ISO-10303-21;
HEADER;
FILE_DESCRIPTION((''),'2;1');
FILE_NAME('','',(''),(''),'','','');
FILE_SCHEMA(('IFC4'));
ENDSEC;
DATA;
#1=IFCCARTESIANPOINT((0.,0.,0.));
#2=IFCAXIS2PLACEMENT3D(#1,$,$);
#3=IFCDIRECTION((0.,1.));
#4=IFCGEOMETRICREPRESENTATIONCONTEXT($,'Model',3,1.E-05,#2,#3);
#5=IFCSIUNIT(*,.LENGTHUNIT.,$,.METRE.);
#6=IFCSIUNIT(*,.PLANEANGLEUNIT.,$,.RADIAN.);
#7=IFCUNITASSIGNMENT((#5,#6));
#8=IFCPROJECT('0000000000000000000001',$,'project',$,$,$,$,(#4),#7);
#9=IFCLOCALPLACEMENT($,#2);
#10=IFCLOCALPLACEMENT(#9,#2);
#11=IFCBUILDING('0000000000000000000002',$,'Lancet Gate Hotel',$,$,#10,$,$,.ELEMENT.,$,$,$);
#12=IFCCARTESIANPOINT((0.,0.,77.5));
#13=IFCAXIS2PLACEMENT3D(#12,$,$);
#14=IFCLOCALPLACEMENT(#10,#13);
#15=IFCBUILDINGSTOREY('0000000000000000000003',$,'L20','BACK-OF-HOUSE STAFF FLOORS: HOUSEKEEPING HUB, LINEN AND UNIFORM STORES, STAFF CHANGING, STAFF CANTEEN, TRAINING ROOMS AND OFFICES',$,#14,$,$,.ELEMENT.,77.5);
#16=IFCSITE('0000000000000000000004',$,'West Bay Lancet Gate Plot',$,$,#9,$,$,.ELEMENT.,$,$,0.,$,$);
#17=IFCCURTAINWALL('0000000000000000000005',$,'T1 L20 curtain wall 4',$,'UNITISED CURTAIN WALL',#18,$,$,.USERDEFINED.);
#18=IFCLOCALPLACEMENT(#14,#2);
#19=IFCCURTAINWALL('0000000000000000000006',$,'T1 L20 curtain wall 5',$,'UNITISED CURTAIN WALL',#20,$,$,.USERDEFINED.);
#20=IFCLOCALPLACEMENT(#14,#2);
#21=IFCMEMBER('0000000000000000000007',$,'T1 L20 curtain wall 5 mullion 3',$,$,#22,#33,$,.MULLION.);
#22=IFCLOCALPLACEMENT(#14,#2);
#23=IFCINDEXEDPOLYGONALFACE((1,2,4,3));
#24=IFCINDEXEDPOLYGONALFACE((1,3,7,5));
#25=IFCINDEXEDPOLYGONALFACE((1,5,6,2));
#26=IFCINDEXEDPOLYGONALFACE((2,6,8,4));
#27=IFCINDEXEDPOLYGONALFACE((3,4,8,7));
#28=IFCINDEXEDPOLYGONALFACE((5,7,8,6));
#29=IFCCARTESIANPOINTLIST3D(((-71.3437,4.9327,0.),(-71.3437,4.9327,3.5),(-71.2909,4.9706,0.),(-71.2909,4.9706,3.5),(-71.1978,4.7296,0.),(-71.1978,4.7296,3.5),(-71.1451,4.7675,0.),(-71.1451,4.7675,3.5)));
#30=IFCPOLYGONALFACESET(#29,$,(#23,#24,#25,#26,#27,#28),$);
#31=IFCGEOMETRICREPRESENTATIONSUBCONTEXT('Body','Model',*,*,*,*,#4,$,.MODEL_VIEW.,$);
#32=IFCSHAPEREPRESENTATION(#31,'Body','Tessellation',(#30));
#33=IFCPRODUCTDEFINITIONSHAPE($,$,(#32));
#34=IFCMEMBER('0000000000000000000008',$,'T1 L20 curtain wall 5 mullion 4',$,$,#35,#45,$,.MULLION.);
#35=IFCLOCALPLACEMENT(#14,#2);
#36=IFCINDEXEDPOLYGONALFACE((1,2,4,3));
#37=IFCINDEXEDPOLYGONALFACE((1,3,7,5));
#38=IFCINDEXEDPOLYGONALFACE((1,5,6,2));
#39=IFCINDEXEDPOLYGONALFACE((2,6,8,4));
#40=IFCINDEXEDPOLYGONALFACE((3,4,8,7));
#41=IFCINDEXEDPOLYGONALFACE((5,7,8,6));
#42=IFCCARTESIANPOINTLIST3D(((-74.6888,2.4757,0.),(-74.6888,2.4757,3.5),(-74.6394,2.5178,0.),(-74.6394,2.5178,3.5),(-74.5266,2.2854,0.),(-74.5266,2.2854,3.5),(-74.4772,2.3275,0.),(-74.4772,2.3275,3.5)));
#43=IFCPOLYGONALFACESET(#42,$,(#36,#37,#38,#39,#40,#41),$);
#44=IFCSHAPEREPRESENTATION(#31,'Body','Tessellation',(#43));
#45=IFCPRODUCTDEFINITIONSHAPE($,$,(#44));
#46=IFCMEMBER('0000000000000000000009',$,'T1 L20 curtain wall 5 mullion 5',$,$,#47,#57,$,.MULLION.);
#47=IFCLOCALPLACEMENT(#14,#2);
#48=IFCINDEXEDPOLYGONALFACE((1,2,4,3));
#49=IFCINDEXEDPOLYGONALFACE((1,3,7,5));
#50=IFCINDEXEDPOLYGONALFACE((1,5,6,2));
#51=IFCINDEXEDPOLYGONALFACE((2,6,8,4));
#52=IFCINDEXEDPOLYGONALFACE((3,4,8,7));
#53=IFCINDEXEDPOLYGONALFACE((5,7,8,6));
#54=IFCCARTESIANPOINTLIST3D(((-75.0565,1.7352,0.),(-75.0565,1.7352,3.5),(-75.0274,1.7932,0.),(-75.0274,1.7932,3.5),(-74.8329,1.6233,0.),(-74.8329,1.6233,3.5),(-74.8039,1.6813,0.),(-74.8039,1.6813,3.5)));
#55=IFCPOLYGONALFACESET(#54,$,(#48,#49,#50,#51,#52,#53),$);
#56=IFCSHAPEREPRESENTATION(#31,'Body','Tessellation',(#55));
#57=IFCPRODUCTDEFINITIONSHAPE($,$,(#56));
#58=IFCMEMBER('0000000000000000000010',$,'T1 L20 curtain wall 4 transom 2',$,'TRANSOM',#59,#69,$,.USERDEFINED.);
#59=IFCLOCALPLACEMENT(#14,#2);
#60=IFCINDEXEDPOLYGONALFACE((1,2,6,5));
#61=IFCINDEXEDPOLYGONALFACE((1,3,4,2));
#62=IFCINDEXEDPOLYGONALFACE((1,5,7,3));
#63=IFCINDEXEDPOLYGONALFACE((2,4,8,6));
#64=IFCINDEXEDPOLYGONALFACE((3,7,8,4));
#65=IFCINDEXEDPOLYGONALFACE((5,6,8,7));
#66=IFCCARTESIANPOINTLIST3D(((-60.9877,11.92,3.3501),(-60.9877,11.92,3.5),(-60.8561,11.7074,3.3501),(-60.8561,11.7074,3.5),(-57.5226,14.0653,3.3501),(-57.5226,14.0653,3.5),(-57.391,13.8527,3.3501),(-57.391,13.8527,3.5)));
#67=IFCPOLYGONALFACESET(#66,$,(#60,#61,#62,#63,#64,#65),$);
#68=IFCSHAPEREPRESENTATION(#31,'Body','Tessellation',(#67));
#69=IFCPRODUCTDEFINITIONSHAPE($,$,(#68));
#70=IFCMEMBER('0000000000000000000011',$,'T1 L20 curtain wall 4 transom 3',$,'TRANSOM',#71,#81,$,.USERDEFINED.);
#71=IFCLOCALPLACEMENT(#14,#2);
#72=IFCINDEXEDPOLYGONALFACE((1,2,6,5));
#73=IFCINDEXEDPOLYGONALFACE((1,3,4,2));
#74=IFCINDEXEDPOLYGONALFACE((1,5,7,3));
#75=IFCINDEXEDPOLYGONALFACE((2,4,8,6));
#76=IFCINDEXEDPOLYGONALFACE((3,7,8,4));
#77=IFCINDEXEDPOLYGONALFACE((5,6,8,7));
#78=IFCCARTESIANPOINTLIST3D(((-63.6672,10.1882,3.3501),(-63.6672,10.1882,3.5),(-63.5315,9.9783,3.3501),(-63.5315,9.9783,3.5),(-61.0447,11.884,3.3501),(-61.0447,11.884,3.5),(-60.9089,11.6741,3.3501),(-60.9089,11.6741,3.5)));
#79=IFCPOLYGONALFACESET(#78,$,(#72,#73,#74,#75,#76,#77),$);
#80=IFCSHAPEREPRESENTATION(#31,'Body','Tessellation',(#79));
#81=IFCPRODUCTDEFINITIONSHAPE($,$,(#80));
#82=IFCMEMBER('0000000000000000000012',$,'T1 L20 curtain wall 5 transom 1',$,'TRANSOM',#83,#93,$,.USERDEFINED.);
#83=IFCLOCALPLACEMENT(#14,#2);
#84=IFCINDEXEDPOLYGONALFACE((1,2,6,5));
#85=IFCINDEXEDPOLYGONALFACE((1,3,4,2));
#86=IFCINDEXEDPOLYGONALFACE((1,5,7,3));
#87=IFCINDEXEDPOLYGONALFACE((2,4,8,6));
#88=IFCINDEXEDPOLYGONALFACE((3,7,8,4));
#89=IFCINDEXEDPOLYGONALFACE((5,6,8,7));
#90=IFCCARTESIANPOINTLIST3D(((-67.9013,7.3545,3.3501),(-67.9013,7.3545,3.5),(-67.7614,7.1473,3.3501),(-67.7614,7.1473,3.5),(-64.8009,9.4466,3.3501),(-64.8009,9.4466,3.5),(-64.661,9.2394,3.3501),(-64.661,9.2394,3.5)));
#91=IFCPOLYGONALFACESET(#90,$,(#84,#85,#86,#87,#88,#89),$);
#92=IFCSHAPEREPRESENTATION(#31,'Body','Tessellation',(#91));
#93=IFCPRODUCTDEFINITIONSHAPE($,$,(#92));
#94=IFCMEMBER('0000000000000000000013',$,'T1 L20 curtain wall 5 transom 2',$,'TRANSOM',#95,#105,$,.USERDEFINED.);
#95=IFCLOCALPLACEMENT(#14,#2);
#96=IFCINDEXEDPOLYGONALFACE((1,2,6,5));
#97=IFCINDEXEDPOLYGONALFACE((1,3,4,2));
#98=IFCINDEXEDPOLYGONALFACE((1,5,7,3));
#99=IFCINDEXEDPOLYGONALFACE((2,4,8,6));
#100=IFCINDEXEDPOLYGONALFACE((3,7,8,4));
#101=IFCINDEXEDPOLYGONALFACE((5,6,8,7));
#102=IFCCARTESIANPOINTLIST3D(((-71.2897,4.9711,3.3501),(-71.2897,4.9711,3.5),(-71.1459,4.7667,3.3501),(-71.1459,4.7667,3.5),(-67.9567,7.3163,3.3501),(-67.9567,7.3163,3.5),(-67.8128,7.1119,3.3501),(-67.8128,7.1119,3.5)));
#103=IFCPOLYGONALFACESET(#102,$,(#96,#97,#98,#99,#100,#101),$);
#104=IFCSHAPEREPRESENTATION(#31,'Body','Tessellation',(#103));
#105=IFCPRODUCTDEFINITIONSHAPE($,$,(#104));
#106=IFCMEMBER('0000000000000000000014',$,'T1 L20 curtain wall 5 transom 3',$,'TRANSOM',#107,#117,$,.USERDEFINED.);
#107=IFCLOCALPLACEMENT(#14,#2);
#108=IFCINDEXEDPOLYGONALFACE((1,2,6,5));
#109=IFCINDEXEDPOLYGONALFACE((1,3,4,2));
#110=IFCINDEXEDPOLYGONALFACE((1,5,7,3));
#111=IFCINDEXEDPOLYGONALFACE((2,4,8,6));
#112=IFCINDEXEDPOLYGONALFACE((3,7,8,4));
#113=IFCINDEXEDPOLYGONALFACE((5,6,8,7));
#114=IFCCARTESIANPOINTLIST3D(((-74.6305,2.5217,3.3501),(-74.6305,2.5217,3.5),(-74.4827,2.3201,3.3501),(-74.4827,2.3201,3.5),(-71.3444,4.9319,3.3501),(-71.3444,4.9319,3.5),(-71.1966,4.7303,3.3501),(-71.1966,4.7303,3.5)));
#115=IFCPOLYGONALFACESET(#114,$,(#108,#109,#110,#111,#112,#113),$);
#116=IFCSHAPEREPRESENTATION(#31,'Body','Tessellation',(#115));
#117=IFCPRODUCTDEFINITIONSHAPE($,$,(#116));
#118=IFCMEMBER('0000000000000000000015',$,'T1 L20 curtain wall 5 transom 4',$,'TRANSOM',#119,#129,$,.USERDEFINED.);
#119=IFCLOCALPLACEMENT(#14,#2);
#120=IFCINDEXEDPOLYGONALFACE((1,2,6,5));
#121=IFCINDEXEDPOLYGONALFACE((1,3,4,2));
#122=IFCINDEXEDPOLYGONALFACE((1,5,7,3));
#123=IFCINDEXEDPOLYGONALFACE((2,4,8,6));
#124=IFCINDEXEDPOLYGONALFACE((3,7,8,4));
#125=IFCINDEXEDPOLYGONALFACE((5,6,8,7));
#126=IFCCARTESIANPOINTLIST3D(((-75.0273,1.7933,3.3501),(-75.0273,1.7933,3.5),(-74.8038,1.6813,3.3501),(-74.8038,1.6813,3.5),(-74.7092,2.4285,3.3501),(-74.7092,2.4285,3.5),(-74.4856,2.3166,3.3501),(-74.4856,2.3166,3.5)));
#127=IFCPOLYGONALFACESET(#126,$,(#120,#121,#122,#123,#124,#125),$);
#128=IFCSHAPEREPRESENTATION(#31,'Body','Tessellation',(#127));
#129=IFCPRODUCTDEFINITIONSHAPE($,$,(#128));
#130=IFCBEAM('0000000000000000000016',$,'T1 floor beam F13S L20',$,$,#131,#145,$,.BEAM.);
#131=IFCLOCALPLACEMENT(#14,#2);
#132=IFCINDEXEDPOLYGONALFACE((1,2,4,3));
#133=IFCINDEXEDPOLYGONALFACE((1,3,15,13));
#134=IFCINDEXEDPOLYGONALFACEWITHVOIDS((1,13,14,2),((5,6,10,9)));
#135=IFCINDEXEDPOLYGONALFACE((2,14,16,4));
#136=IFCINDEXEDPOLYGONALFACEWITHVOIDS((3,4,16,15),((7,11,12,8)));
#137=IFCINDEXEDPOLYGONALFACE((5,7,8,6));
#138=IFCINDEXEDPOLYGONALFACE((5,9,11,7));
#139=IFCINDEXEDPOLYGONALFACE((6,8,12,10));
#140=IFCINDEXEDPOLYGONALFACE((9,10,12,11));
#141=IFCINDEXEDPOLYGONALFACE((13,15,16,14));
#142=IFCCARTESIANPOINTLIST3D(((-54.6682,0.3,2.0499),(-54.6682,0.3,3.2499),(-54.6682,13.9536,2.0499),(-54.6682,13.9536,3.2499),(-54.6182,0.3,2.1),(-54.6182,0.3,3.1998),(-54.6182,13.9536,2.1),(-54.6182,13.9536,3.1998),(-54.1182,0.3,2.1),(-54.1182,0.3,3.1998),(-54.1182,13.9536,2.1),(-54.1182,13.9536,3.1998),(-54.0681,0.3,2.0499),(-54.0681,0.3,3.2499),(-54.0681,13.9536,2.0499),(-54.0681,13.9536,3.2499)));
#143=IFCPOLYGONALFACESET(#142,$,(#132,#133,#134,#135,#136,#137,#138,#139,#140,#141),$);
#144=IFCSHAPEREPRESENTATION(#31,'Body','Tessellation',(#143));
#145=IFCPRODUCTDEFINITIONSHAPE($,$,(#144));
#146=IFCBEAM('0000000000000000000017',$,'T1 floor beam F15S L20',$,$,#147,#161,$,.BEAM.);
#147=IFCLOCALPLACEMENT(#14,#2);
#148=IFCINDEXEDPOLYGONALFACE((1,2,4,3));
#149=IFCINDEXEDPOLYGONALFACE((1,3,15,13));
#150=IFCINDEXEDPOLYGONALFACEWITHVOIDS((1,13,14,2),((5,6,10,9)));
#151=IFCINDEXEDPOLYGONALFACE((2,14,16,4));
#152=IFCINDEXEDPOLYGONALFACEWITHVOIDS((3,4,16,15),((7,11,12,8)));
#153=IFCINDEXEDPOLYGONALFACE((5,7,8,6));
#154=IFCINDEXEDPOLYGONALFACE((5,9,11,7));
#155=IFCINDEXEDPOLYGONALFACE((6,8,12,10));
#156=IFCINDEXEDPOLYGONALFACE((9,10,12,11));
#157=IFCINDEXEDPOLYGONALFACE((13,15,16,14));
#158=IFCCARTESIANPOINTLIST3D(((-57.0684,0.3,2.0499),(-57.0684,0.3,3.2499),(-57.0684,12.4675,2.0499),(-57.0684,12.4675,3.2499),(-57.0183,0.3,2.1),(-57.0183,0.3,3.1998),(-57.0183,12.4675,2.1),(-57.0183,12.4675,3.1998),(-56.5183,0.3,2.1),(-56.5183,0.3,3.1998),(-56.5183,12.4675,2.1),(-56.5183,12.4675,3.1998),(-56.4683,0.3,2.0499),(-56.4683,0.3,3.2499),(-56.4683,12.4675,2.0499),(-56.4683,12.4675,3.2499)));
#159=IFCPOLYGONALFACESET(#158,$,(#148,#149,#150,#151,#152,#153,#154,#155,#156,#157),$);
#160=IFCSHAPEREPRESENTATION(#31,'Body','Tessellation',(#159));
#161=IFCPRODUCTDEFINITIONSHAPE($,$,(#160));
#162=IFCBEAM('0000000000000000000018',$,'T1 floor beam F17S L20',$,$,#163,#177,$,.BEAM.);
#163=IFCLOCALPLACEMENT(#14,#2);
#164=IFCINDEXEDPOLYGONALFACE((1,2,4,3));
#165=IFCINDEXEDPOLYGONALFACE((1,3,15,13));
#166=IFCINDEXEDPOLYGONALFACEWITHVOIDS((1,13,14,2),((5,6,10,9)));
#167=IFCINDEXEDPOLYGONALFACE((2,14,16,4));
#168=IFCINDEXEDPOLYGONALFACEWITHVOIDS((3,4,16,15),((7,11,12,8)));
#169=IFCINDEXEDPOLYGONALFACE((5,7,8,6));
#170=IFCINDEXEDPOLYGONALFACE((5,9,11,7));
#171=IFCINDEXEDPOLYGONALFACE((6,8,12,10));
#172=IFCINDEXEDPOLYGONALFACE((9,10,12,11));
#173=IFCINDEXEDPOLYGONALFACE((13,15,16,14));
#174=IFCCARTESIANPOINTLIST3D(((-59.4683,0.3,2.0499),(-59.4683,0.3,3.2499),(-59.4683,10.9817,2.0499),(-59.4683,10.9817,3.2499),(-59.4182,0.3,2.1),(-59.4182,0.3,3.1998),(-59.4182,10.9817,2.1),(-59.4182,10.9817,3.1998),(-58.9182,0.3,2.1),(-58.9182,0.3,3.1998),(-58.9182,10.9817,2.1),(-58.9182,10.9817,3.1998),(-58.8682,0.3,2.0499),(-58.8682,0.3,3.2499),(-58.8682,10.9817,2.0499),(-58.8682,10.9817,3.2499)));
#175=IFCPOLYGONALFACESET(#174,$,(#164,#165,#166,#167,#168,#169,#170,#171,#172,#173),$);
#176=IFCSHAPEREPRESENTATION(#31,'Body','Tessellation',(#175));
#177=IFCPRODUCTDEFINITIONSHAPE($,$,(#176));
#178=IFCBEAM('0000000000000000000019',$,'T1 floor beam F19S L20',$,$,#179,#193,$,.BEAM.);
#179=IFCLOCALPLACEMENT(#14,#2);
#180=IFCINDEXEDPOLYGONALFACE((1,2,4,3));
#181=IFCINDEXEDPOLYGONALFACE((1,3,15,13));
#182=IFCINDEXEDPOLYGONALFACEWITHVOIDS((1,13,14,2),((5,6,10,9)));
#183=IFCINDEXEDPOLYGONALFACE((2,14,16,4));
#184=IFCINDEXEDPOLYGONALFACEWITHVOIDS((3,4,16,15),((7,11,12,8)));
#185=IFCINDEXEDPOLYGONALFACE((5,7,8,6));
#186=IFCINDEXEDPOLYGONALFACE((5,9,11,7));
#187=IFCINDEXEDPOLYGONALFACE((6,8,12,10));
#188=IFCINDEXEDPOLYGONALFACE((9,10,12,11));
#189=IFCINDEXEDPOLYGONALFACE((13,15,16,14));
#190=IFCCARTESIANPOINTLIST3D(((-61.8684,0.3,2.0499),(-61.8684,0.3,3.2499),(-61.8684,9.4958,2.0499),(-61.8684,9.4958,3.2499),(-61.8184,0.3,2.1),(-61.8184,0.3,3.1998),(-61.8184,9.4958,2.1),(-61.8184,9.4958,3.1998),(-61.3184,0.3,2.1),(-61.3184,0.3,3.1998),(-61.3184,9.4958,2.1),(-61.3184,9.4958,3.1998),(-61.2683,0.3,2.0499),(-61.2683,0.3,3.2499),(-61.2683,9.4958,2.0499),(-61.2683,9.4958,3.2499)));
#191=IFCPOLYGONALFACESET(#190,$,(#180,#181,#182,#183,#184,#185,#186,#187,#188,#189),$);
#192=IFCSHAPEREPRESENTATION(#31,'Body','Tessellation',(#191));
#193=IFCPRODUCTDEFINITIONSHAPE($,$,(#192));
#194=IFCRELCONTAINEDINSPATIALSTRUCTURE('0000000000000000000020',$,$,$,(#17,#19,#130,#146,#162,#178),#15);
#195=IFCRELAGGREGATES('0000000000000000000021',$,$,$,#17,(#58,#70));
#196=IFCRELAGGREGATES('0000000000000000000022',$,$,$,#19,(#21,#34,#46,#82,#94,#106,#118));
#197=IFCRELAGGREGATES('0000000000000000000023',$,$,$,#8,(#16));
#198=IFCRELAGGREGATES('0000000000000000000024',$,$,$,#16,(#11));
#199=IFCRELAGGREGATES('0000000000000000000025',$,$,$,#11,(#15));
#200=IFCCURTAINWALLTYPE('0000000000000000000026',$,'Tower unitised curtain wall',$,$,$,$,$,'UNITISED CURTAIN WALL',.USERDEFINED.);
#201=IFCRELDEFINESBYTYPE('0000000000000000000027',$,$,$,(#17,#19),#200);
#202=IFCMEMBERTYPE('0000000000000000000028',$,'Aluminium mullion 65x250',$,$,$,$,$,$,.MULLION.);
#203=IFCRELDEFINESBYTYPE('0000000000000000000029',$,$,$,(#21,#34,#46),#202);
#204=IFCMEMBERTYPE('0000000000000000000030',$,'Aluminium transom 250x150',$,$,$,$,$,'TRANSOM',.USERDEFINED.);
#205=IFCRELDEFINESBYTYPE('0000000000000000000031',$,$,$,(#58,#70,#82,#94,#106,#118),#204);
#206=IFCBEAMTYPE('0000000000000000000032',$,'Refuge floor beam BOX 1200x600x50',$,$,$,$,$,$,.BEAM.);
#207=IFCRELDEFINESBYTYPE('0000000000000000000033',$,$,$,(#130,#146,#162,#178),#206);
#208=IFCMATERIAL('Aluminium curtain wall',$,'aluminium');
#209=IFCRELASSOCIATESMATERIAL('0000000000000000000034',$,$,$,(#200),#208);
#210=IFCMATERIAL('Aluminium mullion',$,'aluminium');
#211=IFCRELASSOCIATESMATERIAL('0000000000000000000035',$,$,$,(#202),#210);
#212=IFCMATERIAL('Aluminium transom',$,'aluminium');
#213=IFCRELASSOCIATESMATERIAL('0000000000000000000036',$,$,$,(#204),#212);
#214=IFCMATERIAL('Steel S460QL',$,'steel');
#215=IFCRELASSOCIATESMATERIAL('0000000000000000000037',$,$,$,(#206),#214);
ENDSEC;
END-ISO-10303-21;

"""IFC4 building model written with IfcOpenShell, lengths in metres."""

from ifc_helpers import new_model, si_unit, direction, frame, origin, origin_2d, place, context, subcontext, project, spatial, rectangle, hollow_rectangle, extrude, material, material_profile, profile_set, type_object, element, aggregate, save


model = new_model("IFC4")

# Units and contexts
model_context = context("Model", 3, precision=1e-05, world=origin(), true_north=direction((0.0, 1.0)))
body_context = subcontext(model_context, "Body", "Model", "MODEL_VIEW")
ifc_project = project(units=[si_unit("LENGTHUNIT", "METRE"), si_unit("PLANEANGLEUNIT", "RADIAN")], contexts=[model_context])

# Site, building, storey
site_placement = place(None, origin())
site = spatial("IfcSite", under=ifc_project, at=site_placement, Name="West Bay Lancet Gate Plot", CompositionType="ELEMENT", RefElevation=0.0)
building_placement = place(site_placement, origin())
building = spatial("IfcBuilding", under=site, at=building_placement, Name="Lancet Gate Hotel", CompositionType="ELEMENT")
storey_placement = place(building_placement, frame((0.0, 0.0, 77.5)))
storey = spatial("IfcBuildingStorey", under=building, at=storey_placement, Name="L20", Description="BACK-OF-HOUSE STAFF FLOORS: HOUSEKEEPING HUB, LINEN AND UNIFORM STORES, STAFF CHANGING, STAFF CANTEEN, TRAINING ROOMS AND OFFICES", CompositionType="ELEMENT", Elevation=77.5)

# Curtain walls, members
ifc_material_1 = material(Name="Aluminium curtain wall", Category="aluminium")
curtain_wall_type = type_object("IfcCurtainWallType", Name="Tower unitised curtain wall", ElementType="UNITISED CURTAIN WALL", PredefinedType="USERDEFINED", material=ifc_material_1)
curtain_wall_1_placement = place(storey_placement, origin())
curtain_wall_1 = element("IfcCurtainWall", 1, at=curtain_wall_1_placement, inside=storey, type_object=curtain_wall_type, Name="T1 L20 curtain wall 4", ObjectType="UNITISED CURTAIN WALL", PredefinedType="USERDEFINED")
ifc_material_2 = material(Name="Aluminium mullion", Category="aluminium")
ifc_material_profile_1 = material_profile(ifc_material_2, rectangle(XDim=0.0649, YDim=0.25, at=origin_2d()), Name="MULLION 65x250")
ifc_profile_set_1 = profile_set([ifc_material_profile_1], Name="Aluminium mullion")
member_type_1 = type_object("IfcMemberType", Name="Aluminium mullion 65x250", PredefinedType="MULLION", material=ifc_profile_set_1)
curtain_wall_2_placement = place(storey_placement, origin())
curtain_wall_2 = element("IfcCurtainWall", 2, at=curtain_wall_2_placement, inside=storey, type_object=curtain_wall_type, Name="T1 L20 curtain wall 5", ObjectType="UNITISED CURTAIN WALL", PredefinedType="USERDEFINED")
member_1_placement = place(storey_placement, frame((-71.2444, 4.8501, 0.0), z_axis=(0.0, 0.0, 1.0), x_axis=(-0.812147, -0.583453, 0.0)))
member_1 = element("IfcMember", 3, at=member_1_placement, type_object=member_type_1, Name="T1 L20 curtain wall 5 mullion 3", PredefinedType="MULLION", context=body_context, shape_type="SweptSolid", body=[
    extrude(rectangle(XDim=0.0649, YDim=0.25, at=origin_2d()), origin(), (0.0, 0.0, 1.0), 3.5),
])
member_2_placement = place(storey_placement, frame((-74.583, 2.4016, 0.0), z_axis=(0.0, 0.0, 1.0), x_axis=(-0.761022, -0.648726, 0.0)))
member_2 = element("IfcMember", 4, at=member_2_placement, type_object=member_type_1, Name="T1 L20 curtain wall 5 mullion 4", PredefinedType="MULLION", context=body_context, shape_type="SweptSolid", body=[
    extrude(rectangle(XDim=0.0649, YDim=0.25, at=origin_2d()), origin(), (0.0, 0.0, 1.0), 3.5),
])
member_3_placement = place(storey_placement, frame((-74.9302, 1.7083, 0.0), z_axis=(0.0, 0.0, 1.0), x_axis=(-0.447628, -0.89422, 0.0)))
member_3 = element("IfcMember", 5, at=member_3_placement, type_object=member_type_1, Name="T1 L20 curtain wall 5 mullion 5", PredefinedType="MULLION", context=body_context, shape_type="SweptSolid", body=[
    extrude(rectangle(XDim=0.0649, YDim=0.25, at=origin_2d()), origin(), (0.0, 0.0, 1.0), 3.5),
])

# Members
ifc_material_3 = material(Name="Aluminium transom", Category="aluminium")
ifc_material_profile_2 = material_profile(ifc_material_3, rectangle(XDim=0.25, YDim=0.1499, at=origin_2d()), Name="TRANSOM 250x150")
ifc_profile_set_2 = profile_set([ifc_material_profile_2], Name="Aluminium transom")
member_type_2 = type_object("IfcMemberType", Name="Aluminium transom 250x150", ElementType="TRANSOM", PredefinedType="USERDEFINED", material=ifc_profile_set_2)
member_4_placement = place(storey_placement, frame((-57.4568, 13.959, 3.425), z_axis=(-0.850242, -0.526392, 0.0), x_axis=(0.526392, -0.850242, 0.0)))
member_4 = element("IfcMember", 6, at=member_4_placement, type_object=member_type_2, Name="T1 L20 curtain wall 4 transom 2", ObjectType="TRANSOM", PredefinedType="USERDEFINED", context=body_context, shape_type="SweptSolid", body=[
    extrude(rectangle(XDim=0.25, YDim=0.1499, at=origin_2d()), origin(), (0.0, 0.0, 1.0), 4.0754),
])
member_5_placement = place(storey_placement, frame((-60.9768, 11.7791, 3.425), z_axis=(-0.839738, -0.542992, 0.0), x_axis=(0.542992, -0.839738, 0.0)))
member_5 = element("IfcMember", 7, at=member_5_placement, type_object=member_type_2, Name="T1 L20 curtain wall 4 transom 3", ObjectType="TRANSOM", PredefinedType="USERDEFINED", context=body_context, shape_type="SweptSolid", body=[
    extrude(rectangle(XDim=0.25, YDim=0.1499, at=origin_2d()), origin(), (0.0, 0.0, 1.0), 3.123),
])
member_6_placement = place(storey_placement, frame((-64.731, 9.343, 3.425), z_axis=(-0.828934, -0.559346, 0.0), x_axis=(0.559346, -0.828934, 0.0)))
member_6 = element("IfcMember", 8, at=member_6_placement, type_object=member_type_2, Name="T1 L20 curtain wall 5 transom 1", ObjectType="TRANSOM", PredefinedType="USERDEFINED", context=body_context, shape_type="SweptSolid", body=[
    extrude(rectangle(XDim=0.25, YDim=0.1499, at=origin_2d()), origin(), (0.0, 0.0, 1.0), 3.7402),
])
member_7_placement = place(storey_placement, frame((-67.8848, 7.2141, 3.425), z_axis=(-0.817834, -0.575455, 0.0), x_axis=(0.575455, -0.817834, 0.0)))
member_7 = element("IfcMember", 9, at=member_7_placement, type_object=member_type_2, Name="T1 L20 curtain wall 5 transom 2", ObjectType="TRANSOM", PredefinedType="USERDEFINED", context=body_context, shape_type="SweptSolid", body=[
    extrude(rectangle(XDim=0.25, YDim=0.1499, at=origin_2d()), origin(), (0.0, 0.0, 1.0), 4.0754),
])
member_8_placement = place(storey_placement, frame((-71.2705, 4.8311, 3.425), z_axis=(-0.806367, -0.591416, 0.0), x_axis=(0.591416, -0.806367, 0.0)))
member_8 = element("IfcMember", 10, at=member_8_placement, type_object=member_type_2, Name="T1 L20 curtain wall 5 transom 3", ObjectType="TRANSOM", PredefinedType="USERDEFINED", context=body_context, shape_type="SweptSolid", body=[
    extrude(rectangle(XDim=0.25, YDim=0.1499, at=origin_2d()), origin(), (0.0, 0.0, 1.0), 4.0752),
])
member_9_placement = place(storey_placement, frame((-74.5974, 2.3726, 3.425), z_axis=(-0.447763, -0.894152, 0.0), x_axis=(0.894152, -0.447763, 0.0)))
member_9 = element("IfcMember", 11, at=member_9_placement, type_object=member_type_2, Name="T1 L20 curtain wall 5 transom 4", ObjectType="TRANSOM", PredefinedType="USERDEFINED", context=body_context, shape_type="SweptSolid", body=[
    extrude(rectangle(XDim=0.25, YDim=0.1499, at=origin_2d()), origin(), (0.0, 0.0, 1.0), 0.7104),
])

# Beams
ifc_material_4 = material(Name="Steel S460QL", Category="steel")
ifc_material_profile_3 = material_profile(ifc_material_4, hollow_rectangle(XDim=0.6001, YDim=1.2, WallThickness=0.05, at=origin_2d()), Name="BOX 1200x600x50")
ifc_profile_set_3 = profile_set([ifc_material_profile_3], Name="Steel S460QL")
beam_type = type_object("IfcBeamType", Name="Refuge floor beam BOX 1200x600x50", PredefinedType="BEAM", material=ifc_profile_set_3)
beam_1_placement = place(storey_placement, frame((-54.3682, 13.9536, 2.6499), z_axis=(0.0, -1.0, 0.0), x_axis=(1.0, 0.0, 0.0)))
element("IfcBeam", 12, at=beam_1_placement, inside=storey, type_object=beam_type, Name="T1 floor beam F13S L20", PredefinedType="BEAM", context=body_context, shape_type="SweptSolid", body=[
    extrude(hollow_rectangle(XDim=0.6001, YDim=1.2, WallThickness=0.05, at=origin_2d()), origin(), (0.0, 0.0, 1.0), 13.6536),
])
beam_2_placement = place(storey_placement, frame((-56.7683, 12.4675, 2.6499), z_axis=(0.0, -1.0, 0.0), x_axis=(1.0, 0.0, 0.0)))
element("IfcBeam", 13, at=beam_2_placement, inside=storey, type_object=beam_type, Name="T1 floor beam F15S L20", PredefinedType="BEAM", context=body_context, shape_type="SweptSolid", body=[
    extrude(hollow_rectangle(XDim=0.6001, YDim=1.2, WallThickness=0.05, at=origin_2d()), origin(), (0.0, 0.0, 1.0), 12.1675),
])
beam_3_placement = place(storey_placement, frame((-59.1682, 10.9817, 2.6499), z_axis=(0.0, -1.0, 0.0), x_axis=(1.0, 0.0, 0.0)))
element("IfcBeam", 14, at=beam_3_placement, inside=storey, type_object=beam_type, Name="T1 floor beam F17S L20", PredefinedType="BEAM", context=body_context, shape_type="SweptSolid", body=[
    extrude(hollow_rectangle(XDim=0.6001, YDim=1.2, WallThickness=0.05, at=origin_2d()), origin(), (0.0, 0.0, 1.0), 10.6816),
])
beam_4_placement = place(storey_placement, frame((-61.5684, 9.4958, 2.6499), z_axis=(0.0, -1.0, 0.0), x_axis=(1.0, 0.0, 0.0)))
element("IfcBeam", 15, at=beam_4_placement, inside=storey, type_object=beam_type, Name="T1 floor beam F19S L20", PredefinedType="BEAM", context=body_context, shape_type="SweptSolid", body=[
    extrude(hollow_rectangle(XDim=0.6001, YDim=1.2, WallThickness=0.05, at=origin_2d()), origin(), (0.0, 0.0, 1.0), 9.1958),
])

aggregate(curtain_wall_1, [member_4, member_5])
aggregate(curtain_wall_2, [member_1, member_2, member_3, member_6, member_7, member_8, member_9])

save(model, "model.ifc")
